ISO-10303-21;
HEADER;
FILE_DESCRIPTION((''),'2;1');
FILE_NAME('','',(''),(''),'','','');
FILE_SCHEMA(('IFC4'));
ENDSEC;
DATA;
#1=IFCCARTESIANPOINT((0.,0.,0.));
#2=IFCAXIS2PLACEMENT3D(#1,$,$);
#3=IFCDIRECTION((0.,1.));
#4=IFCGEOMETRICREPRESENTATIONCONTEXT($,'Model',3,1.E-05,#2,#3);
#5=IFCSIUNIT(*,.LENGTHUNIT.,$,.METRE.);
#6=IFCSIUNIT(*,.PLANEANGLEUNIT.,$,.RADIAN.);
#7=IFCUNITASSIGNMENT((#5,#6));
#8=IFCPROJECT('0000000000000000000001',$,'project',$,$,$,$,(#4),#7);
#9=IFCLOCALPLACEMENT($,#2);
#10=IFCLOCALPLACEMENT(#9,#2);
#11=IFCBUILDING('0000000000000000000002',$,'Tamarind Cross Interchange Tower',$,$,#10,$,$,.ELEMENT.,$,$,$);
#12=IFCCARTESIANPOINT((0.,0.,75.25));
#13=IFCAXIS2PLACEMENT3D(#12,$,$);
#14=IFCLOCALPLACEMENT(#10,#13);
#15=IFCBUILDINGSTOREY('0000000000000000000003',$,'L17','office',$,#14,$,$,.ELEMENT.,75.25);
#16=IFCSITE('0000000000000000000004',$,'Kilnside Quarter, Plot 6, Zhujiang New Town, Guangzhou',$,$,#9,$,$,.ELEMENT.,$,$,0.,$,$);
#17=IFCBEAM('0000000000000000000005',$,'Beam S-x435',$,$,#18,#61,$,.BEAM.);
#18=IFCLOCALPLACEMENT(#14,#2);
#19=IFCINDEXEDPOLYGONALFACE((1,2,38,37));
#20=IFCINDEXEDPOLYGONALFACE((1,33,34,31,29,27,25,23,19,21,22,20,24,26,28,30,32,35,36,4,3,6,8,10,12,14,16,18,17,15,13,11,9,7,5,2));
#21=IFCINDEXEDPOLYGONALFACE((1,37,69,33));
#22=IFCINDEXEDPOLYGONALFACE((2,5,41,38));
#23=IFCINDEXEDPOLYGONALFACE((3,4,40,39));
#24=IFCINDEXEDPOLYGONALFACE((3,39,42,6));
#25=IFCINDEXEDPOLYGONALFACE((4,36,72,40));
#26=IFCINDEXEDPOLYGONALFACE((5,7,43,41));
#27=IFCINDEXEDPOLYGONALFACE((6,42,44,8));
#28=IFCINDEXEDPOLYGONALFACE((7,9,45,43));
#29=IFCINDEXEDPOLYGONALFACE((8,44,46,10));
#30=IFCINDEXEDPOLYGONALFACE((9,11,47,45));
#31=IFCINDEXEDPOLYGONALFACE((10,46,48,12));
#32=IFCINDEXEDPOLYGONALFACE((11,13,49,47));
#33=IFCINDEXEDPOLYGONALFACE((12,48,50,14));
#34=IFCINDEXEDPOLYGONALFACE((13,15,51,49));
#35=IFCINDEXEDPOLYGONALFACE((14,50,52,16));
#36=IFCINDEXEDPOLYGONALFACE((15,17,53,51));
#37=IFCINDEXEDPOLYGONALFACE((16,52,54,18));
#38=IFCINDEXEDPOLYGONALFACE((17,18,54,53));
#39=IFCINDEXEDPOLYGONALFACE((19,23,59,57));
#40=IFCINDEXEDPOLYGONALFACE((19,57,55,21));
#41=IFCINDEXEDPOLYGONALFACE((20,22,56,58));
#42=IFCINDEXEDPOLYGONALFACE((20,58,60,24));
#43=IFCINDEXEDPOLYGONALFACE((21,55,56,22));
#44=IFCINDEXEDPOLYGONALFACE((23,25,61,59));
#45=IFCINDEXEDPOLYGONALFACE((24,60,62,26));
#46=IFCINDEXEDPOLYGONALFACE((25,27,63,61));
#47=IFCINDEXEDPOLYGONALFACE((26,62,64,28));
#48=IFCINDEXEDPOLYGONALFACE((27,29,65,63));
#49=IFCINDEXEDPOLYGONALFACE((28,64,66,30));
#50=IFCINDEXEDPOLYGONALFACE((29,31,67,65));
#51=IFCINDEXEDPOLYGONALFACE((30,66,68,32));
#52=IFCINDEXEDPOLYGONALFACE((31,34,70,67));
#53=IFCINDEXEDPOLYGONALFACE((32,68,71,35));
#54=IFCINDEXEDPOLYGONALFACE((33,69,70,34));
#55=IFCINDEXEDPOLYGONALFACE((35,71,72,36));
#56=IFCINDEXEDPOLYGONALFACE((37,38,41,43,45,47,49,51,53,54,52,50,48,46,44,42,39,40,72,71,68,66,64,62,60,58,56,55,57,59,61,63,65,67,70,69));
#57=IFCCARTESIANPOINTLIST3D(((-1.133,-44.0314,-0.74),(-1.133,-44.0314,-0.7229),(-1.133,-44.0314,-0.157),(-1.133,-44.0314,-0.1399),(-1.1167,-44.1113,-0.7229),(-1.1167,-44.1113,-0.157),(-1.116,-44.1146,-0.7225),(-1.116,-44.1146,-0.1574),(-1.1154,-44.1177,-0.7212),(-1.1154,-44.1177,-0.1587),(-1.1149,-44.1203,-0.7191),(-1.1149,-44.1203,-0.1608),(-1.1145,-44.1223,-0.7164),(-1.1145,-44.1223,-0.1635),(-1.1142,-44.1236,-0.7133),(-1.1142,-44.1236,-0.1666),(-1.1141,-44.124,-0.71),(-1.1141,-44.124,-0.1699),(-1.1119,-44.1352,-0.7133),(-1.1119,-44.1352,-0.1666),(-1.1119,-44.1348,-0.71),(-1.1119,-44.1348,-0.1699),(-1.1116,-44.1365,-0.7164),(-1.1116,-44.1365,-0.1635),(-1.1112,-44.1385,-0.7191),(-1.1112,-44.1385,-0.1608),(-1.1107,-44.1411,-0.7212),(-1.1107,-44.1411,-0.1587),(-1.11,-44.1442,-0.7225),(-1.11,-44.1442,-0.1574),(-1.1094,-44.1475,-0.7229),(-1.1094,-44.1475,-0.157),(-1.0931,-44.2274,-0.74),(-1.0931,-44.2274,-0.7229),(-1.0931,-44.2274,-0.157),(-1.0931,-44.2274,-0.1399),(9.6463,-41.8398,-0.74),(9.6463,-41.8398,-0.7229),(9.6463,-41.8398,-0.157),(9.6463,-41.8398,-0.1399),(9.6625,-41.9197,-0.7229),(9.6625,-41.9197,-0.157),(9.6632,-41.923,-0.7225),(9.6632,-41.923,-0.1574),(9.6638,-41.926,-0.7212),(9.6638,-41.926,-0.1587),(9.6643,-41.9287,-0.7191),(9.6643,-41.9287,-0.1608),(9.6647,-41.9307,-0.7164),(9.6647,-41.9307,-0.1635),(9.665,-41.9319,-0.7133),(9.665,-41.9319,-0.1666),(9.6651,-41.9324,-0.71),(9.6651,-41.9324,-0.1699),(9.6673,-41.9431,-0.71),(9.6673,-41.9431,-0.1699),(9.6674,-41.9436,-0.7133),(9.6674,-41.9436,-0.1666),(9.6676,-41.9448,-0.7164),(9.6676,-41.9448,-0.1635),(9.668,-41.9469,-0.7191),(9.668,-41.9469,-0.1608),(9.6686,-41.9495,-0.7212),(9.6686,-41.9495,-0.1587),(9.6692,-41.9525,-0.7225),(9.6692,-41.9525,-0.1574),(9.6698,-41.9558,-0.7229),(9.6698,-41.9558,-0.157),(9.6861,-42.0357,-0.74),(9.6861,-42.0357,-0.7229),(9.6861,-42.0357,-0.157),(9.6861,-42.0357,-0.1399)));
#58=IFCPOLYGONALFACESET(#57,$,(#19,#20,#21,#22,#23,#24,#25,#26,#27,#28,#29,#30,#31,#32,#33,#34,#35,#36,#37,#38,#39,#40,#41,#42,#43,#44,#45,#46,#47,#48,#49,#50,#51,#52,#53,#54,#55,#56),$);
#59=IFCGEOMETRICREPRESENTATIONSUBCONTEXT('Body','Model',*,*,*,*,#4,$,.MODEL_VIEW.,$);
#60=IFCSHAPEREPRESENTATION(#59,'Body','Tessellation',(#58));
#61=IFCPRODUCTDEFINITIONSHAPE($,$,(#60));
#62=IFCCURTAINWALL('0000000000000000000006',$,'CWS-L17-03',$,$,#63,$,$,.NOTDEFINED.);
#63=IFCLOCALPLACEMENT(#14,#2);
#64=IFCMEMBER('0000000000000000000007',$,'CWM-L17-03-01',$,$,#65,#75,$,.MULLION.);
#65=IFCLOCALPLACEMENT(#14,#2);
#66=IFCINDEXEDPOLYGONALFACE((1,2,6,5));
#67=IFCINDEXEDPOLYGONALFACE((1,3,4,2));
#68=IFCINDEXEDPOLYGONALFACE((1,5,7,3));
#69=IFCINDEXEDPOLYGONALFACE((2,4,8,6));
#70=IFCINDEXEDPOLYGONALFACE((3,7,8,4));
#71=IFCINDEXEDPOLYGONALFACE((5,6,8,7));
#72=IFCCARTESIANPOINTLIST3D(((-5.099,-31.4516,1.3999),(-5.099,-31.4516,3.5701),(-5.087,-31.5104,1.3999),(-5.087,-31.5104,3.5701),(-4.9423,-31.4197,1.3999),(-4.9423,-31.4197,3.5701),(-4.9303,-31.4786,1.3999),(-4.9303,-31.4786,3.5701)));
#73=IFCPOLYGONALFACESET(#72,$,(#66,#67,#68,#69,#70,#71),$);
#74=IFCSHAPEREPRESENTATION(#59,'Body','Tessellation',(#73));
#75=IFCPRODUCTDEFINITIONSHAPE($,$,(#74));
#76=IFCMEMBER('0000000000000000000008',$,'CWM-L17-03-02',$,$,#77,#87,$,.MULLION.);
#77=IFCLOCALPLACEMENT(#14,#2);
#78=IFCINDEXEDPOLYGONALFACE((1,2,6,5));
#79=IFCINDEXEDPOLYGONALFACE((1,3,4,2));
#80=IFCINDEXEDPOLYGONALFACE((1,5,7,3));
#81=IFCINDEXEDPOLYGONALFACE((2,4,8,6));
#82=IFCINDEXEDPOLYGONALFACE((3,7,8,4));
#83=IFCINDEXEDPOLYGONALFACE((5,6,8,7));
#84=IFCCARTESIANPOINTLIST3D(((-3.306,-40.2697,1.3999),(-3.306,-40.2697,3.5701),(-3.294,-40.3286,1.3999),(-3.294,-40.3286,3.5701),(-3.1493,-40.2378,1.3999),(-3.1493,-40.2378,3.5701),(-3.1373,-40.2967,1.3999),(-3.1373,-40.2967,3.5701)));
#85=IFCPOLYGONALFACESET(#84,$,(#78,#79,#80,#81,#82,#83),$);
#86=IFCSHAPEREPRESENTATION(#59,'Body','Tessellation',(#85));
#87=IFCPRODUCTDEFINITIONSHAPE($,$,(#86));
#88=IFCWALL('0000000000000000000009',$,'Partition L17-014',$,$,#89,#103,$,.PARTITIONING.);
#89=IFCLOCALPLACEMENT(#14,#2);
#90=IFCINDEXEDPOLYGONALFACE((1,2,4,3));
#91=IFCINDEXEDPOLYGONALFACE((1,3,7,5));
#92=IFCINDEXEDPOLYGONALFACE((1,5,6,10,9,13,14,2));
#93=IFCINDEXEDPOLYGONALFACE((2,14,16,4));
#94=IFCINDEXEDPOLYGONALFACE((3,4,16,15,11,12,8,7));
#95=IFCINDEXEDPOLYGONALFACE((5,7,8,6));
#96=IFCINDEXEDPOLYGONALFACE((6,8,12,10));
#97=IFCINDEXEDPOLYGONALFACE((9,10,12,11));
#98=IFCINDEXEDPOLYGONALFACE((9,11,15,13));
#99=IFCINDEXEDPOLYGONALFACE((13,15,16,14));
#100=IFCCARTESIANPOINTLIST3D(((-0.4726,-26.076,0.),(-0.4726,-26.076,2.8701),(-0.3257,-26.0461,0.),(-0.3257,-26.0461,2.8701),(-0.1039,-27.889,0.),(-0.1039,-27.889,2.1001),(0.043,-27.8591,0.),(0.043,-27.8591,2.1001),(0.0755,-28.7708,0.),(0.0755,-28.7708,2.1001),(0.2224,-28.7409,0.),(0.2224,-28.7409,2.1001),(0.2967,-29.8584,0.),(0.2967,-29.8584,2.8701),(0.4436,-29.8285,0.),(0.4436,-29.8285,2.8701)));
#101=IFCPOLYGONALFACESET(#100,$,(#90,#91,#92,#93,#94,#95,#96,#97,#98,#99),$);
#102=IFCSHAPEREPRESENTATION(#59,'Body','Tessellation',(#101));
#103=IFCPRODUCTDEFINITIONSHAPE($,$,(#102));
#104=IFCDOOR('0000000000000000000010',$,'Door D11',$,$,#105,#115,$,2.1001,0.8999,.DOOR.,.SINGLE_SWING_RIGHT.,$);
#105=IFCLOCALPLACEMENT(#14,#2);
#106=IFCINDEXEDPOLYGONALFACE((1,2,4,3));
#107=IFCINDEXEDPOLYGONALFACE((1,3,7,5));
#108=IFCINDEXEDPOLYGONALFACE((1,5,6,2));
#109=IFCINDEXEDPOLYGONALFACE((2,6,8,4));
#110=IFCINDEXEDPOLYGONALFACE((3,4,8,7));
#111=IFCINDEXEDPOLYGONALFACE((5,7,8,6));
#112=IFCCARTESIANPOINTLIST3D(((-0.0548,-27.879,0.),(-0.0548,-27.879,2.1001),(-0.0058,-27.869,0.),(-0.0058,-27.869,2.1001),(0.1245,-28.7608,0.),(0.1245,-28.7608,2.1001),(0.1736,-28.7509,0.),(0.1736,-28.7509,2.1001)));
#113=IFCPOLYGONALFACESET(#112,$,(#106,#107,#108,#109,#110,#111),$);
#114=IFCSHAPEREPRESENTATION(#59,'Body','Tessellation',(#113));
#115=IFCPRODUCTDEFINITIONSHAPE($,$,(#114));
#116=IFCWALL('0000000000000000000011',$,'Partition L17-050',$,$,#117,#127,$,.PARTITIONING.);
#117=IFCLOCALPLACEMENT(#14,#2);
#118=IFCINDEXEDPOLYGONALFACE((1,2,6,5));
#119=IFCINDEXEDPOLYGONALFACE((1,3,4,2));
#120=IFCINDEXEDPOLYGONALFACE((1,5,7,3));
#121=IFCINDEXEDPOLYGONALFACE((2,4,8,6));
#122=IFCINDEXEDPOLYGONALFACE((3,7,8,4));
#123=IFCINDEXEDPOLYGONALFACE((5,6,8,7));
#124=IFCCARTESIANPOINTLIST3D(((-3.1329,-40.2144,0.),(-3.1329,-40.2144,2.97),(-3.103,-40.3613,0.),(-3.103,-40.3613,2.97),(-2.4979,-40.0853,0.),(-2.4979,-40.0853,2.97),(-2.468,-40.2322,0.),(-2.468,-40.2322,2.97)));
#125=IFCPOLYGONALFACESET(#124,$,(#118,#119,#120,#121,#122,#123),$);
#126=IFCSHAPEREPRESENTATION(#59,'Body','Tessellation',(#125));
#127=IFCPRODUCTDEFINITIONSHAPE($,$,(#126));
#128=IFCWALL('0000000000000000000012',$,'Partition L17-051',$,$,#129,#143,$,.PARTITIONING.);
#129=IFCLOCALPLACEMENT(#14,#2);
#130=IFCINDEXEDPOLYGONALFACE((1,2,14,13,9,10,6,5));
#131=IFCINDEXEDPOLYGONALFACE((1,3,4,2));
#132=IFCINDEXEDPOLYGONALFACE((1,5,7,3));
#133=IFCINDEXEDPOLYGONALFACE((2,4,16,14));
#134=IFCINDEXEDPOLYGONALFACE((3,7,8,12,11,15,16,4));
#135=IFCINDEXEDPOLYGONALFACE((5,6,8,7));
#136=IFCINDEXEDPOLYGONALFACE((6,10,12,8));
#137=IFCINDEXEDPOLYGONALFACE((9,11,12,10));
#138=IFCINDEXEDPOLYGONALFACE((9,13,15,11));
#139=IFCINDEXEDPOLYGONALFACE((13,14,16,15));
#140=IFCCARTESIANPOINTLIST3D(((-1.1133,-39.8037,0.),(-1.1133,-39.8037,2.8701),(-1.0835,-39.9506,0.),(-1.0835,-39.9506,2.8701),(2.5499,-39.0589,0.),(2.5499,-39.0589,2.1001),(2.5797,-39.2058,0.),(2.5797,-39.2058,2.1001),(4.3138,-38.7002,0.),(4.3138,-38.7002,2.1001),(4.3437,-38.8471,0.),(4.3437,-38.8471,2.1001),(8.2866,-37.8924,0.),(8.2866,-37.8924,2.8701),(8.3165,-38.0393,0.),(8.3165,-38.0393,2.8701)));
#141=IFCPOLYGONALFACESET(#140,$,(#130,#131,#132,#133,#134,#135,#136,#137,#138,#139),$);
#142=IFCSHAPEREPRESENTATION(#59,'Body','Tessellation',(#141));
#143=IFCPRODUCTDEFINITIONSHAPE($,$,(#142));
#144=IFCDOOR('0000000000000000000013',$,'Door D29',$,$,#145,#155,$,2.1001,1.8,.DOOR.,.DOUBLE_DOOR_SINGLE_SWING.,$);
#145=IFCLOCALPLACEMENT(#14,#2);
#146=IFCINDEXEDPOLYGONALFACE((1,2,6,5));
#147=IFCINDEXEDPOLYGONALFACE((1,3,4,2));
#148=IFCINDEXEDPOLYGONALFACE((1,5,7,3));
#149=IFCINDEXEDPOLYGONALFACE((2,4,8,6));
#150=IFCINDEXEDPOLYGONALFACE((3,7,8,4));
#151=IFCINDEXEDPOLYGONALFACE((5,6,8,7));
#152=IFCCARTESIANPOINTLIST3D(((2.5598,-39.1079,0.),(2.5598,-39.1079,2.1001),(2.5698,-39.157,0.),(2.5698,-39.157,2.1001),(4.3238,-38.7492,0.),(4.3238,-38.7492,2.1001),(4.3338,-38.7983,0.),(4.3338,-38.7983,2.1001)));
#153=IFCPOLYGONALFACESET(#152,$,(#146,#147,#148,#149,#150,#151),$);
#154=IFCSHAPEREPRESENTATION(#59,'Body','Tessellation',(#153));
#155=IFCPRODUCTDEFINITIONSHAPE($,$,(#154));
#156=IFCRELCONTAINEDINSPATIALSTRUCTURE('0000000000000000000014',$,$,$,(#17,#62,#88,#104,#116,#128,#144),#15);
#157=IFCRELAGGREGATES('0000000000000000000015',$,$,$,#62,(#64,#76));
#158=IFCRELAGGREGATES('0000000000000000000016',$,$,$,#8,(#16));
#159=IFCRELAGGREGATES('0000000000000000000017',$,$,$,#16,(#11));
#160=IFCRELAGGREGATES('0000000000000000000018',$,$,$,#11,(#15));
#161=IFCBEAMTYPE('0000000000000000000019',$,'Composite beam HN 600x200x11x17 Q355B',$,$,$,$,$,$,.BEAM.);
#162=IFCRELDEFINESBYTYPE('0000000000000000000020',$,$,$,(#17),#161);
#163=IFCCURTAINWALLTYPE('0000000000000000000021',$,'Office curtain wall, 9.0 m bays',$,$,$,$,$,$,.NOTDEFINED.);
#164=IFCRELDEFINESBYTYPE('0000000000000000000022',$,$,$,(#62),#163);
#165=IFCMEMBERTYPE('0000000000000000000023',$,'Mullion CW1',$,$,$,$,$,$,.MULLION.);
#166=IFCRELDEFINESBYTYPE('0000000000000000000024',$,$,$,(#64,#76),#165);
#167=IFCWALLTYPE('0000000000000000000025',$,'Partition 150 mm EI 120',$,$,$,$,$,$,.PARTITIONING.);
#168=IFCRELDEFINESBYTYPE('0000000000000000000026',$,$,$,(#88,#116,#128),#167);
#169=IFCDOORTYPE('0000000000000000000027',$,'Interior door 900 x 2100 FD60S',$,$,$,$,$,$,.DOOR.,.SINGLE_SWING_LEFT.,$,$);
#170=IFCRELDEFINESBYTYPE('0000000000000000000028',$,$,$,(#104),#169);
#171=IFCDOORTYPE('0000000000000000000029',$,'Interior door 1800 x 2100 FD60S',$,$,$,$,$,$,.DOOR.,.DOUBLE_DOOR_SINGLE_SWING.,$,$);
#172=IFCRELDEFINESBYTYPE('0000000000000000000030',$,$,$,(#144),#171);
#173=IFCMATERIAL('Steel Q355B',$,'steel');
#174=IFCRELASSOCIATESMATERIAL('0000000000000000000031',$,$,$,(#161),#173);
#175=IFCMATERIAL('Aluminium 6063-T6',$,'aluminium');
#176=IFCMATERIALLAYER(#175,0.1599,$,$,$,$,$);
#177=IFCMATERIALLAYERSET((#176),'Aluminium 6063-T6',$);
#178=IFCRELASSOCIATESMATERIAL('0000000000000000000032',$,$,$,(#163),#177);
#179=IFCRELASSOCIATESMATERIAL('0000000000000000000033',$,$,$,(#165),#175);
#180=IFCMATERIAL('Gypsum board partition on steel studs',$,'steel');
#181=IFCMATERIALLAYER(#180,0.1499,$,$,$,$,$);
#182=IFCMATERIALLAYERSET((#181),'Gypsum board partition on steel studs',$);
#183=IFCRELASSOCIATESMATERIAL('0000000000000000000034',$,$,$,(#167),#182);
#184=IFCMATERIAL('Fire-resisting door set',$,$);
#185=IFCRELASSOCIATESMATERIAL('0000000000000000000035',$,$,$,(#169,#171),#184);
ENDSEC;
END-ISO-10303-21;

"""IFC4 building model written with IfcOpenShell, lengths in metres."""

from ifc_helpers import new_model, si_unit, direction, frame, frame_2d, origin, origin_2d, place, context, subcontext, project, spatial, rectangle, i_section, extrude, material, layer, layer_set, material_profile, profile_set, type_object, element, fill, aggregate, save


model = new_model("IFC4")

# Units and contexts
model_context = context("Model", 3, precision=1e-05, world=origin(), true_north=direction((0.0, 1.0)))
body_context = subcontext(model_context, "Body", "Model", "MODEL_VIEW")
ifc_project = project(units=[si_unit("LENGTHUNIT", "METRE"), si_unit("PLANEANGLEUNIT", "RADIAN")], contexts=[model_context])

# Site, building, storey
site_placement = place(None, origin())
site = spatial("IfcSite", under=ifc_project, at=site_placement, Name="Kilnside Quarter, Plot 6, Zhujiang New Town, Guangzhou", CompositionType="ELEMENT", RefElevation=0.0)
building_placement = place(site_placement, origin())
building = spatial("IfcBuilding", under=site, at=building_placement, Name="Tamarind Cross Interchange Tower", CompositionType="ELEMENT")
storey_placement = place(building_placement, frame((0.0, 0.0, 75.25)))
storey = spatial("IfcBuildingStorey", under=building, at=storey_placement, Name="L17", Description="office", CompositionType="ELEMENT", Elevation=75.25)

# Beam
ifc_material_1 = material(Name="Steel Q355B", Category="steel")
ifc_material_profile_1 = material_profile(ifc_material_1, i_section(OverallWidth=0.2, OverallDepth=0.6001, WebThickness=0.011, FlangeThickness=0.0171, FilletRadius=0.0129, at=origin_2d()), Name="HN 600x200x11x17")
ifc_profile_set_1 = profile_set([ifc_material_profile_1], Name="Steel Q355B")
beam_type_1 = type_object("IfcBeamType", Name="Composite beam HN 600x200x11x17 Q355B", PredefinedType="BEAM", material=ifc_profile_set_1)
beam_1_placement = place(storey_placement, frame((-1.113, -44.1294, -0.4399), z_axis=(0.97995, 0.199244, 0.0), x_axis=(-0.199244, 0.97995, 0.0)))
element("IfcBeam", 1, at=beam_1_placement, inside=storey, type_object=beam_type_1, Name="Beam S-x435", PredefinedType="BEAM", context=body_context, shape_type="SweptSolid", body=[
    extrude(i_section(OverallWidth=0.2, OverallDepth=0.6001, WebThickness=0.011, FlangeThickness=0.0171, FilletRadius=0.0129, at=origin_2d()), origin(), (0.0, 0.0, 1.0), 10.9998),
])

# Curtain wall, members
ifc_material_2 = material(Name="Aluminium 6063-T6", Category="aluminium")
ifc_layer_1 = layer(ifc_material_2, 0.1599)
ifc_layer_set_1 = layer_set([ifc_layer_1], Name="Aluminium 6063-T6")
curtain_wall_type = type_object("IfcCurtainWallType", Name="Office curtain wall, 9.0 m bays", PredefinedType="NOTDEFINED", material=ifc_layer_set_1)
curtain_wall_placement = place(storey_placement, origin())
curtain_wall = element("IfcCurtainWall", 2, at=curtain_wall_placement, inside=storey, type_object=curtain_wall_type, Name="CWS-L17-03", PredefinedType="NOTDEFINED")
ifc_material_profile_2 = material_profile(ifc_material_2, rectangle(XDim=0.0601, YDim=0.1599, at=origin_2d()), Name="Mullion CW1")
ifc_profile_set_2 = profile_set([ifc_material_profile_2], Name="Aluminium 6063-T6")
member_type = type_object("IfcMemberType", Name="Mullion CW1", PredefinedType="MULLION", material=ifc_profile_set_2)
member_1_placement = place(storey_placement, frame((-5.0146, -31.4651, 1.3999), z_axis=(0.0, 0.0, 1.0), x_axis=(0.199245, -0.97995, 0.0)))
member_1 = element("IfcMember", 3, at=member_1_placement, type_object=member_type, Name="CWM-L17-03-01", PredefinedType="MULLION", context=body_context, shape_type="SweptSolid", body=[
    extrude(rectangle(XDim=0.0601, YDim=0.1599, at=origin_2d()), origin(), (0.0, 0.0, 1.0), 2.1702),
])
member_2_placement = place(storey_placement, frame((-3.2217, -40.2832, 1.3999), z_axis=(0.0, 0.0, 1.0), x_axis=(0.199245, -0.97995, 0.0)))
member_2 = element("IfcMember", 4, at=member_2_placement, type_object=member_type, Name="CWM-L17-03-02", PredefinedType="MULLION", context=body_context, shape_type="SweptSolid", body=[
    extrude(rectangle(XDim=0.0601, YDim=0.1599, at=origin_2d()), origin(), (0.0, 0.0, 1.0), 2.1702),
])
aggregate(curtain_wall, [member_1, member_2])

# Wall, opening, door
ifc_material_3 = material(Name="Gypsum board partition on steel studs", Category="steel")
ifc_layer_2 = layer(ifc_material_3, 0.1499)
ifc_layer_set_2 = layer_set([ifc_layer_2], Name="Gypsum board partition on steel studs")
wall_type_1 = type_object("IfcWallType", Name="Partition 150 mm EI 120", PredefinedType="PARTITIONING", material=ifc_layer_set_2)
wall_1_placement = place(storey_placement, frame((-0.3992, -26.061, 0.0), z_axis=(0.0, 0.0, 1.0), x_axis=(0.199302, -0.979938, 0.0)))
wall_1 = element("IfcWall", 5, at=wall_1_placement, inside=storey, type_object=wall_type_1, Name="Partition L17-014", PredefinedType="PARTITIONING", context=body_context, shape_type="SweptSolid", body=[
    extrude(rectangle(XDim=3.8599, YDim=0.1499, at=frame_2d((1.9299, 0.0))), origin(), (0.0, 0.0, 1.0), 2.8701),
])
opening_1_placement = place(wall_1_placement, frame((1.8501, 0.0, 0.0)))
opening_1 = element("IfcOpeningElement", 6, at=opening_1_placement, cuts=wall_1, PredefinedType="OPENING", context=body_context, shape_type="SweptSolid", body=[
    extrude(rectangle(XDim=0.8999, YDim=2.1001, at=frame_2d((0.45, 1.05))), frame((0.0, 0.085, 0.0), z_axis=(0.0, -1.0, 0.0), x_axis=(1.0, 0.0, 0.0)), (0.0, 0.0, 1.0), 0.1699),
])
ifc_material_4 = material(Name="Fire-resisting door set")
door_type_1 = type_object("IfcDoorType", Name="Interior door 900 x 2100 FD60S", OperationType="SINGLE_SWING_LEFT", PredefinedType="DOOR", material=ifc_material_4)
door_1_placement = place(opening_1_placement, frame((0.8999, 0.0, 0.0), z_axis=(0.0, 0.0, 1.0), x_axis=(-1.0, 0.0, 0.0)))
door_1 = element("IfcDoor", 7, at=door_1_placement, inside=storey, type_object=door_type_1, Name="Door D11", OperationType="SINGLE_SWING_RIGHT", OverallHeight=2.1001, OverallWidth=0.8999, PredefinedType="DOOR", context=body_context, shape_type="SweptSolid", body=[
    extrude(rectangle(XDim=0.8999, YDim=2.1001, at=frame_2d((0.45, 1.05))), frame((0.0, 0.0249, 0.0), z_axis=(0.0, -1.0, 0.0), x_axis=(1.0, 0.0, 0.0)), (0.0, 0.0, 1.0), 0.05),
])
fill(opening_1, door_1)

# Wall
wall_2_placement = place(storey_placement, frame((-3.1179, -40.2878, 0.0), z_axis=(0.0, 0.0, 1.0), x_axis=(0.979938, 0.199303, 0.0)))
element("IfcWall", 8, at=wall_2_placement, inside=storey, type_object=wall_type_1, Name="Partition L17-050", PredefinedType="PARTITIONING", context=body_context, shape_type="SweptSolid", body=[
    extrude(rectangle(XDim=0.6479, YDim=0.1499, at=frame_2d((0.324, 0.0))), origin(), (0.0, 0.0, 1.0), 2.97),
])

# Wall, opening, door
wall_3_placement = place(storey_placement, frame((-1.0984, -39.8772, 0.0), z_axis=(0.0, 0.0, 1.0), x_axis=(0.979946, 0.199262, 0.0)))
wall_3 = element("IfcWall", 9, at=wall_3_placement, inside=storey, type_object=wall_type_1, Name="Partition L17-051", PredefinedType="PARTITIONING", context=body_context, shape_type="SweptSolid", body=[
    extrude(rectangle(XDim=9.5923, YDim=0.1499, at=frame_2d((4.7961, 0.0))), origin(), (0.0, 0.0, 1.0), 2.8701),
])
opening_2_placement = place(wall_3_placement, frame((3.7383, 0.0, 0.0)))
opening_2 = element("IfcOpeningElement", 10, at=opening_2_placement, cuts=wall_3, PredefinedType="OPENING", context=body_context, shape_type="SweptSolid", body=[
    extrude(rectangle(XDim=1.8, YDim=2.1001, at=frame_2d((0.8999, 1.05))), frame((0.0, 0.085, 0.0), z_axis=(0.0, -1.0, 0.0), x_axis=(1.0, 0.0, 0.0)), (0.0, 0.0, 1.0), 0.1699),
])
door_type_2 = type_object("IfcDoorType", Name="Interior door 1800 x 2100 FD60S", OperationType="DOUBLE_DOOR_SINGLE_SWING", PredefinedType="DOOR", material=ifc_material_4)
door_2_placement = place(opening_2_placement, origin())
door_2 = element("IfcDoor", 11, at=door_2_placement, inside=storey, type_object=door_type_2, Name="Door D29", OperationType="DOUBLE_DOOR_SINGLE_SWING", OverallHeight=2.1001, OverallWidth=1.8, PredefinedType="DOOR", context=body_context, shape_type="SweptSolid", body=[
    extrude(rectangle(XDim=1.8, YDim=2.1001, at=frame_2d((0.8999, 1.05))), frame((0.0, 0.0249, 0.0), z_axis=(0.0, -1.0, 0.0), x_axis=(1.0, 0.0, 0.0)), (0.0, 0.0, 1.0), 0.05),
])
fill(opening_2, door_2)

save(model, "model.ifc")
